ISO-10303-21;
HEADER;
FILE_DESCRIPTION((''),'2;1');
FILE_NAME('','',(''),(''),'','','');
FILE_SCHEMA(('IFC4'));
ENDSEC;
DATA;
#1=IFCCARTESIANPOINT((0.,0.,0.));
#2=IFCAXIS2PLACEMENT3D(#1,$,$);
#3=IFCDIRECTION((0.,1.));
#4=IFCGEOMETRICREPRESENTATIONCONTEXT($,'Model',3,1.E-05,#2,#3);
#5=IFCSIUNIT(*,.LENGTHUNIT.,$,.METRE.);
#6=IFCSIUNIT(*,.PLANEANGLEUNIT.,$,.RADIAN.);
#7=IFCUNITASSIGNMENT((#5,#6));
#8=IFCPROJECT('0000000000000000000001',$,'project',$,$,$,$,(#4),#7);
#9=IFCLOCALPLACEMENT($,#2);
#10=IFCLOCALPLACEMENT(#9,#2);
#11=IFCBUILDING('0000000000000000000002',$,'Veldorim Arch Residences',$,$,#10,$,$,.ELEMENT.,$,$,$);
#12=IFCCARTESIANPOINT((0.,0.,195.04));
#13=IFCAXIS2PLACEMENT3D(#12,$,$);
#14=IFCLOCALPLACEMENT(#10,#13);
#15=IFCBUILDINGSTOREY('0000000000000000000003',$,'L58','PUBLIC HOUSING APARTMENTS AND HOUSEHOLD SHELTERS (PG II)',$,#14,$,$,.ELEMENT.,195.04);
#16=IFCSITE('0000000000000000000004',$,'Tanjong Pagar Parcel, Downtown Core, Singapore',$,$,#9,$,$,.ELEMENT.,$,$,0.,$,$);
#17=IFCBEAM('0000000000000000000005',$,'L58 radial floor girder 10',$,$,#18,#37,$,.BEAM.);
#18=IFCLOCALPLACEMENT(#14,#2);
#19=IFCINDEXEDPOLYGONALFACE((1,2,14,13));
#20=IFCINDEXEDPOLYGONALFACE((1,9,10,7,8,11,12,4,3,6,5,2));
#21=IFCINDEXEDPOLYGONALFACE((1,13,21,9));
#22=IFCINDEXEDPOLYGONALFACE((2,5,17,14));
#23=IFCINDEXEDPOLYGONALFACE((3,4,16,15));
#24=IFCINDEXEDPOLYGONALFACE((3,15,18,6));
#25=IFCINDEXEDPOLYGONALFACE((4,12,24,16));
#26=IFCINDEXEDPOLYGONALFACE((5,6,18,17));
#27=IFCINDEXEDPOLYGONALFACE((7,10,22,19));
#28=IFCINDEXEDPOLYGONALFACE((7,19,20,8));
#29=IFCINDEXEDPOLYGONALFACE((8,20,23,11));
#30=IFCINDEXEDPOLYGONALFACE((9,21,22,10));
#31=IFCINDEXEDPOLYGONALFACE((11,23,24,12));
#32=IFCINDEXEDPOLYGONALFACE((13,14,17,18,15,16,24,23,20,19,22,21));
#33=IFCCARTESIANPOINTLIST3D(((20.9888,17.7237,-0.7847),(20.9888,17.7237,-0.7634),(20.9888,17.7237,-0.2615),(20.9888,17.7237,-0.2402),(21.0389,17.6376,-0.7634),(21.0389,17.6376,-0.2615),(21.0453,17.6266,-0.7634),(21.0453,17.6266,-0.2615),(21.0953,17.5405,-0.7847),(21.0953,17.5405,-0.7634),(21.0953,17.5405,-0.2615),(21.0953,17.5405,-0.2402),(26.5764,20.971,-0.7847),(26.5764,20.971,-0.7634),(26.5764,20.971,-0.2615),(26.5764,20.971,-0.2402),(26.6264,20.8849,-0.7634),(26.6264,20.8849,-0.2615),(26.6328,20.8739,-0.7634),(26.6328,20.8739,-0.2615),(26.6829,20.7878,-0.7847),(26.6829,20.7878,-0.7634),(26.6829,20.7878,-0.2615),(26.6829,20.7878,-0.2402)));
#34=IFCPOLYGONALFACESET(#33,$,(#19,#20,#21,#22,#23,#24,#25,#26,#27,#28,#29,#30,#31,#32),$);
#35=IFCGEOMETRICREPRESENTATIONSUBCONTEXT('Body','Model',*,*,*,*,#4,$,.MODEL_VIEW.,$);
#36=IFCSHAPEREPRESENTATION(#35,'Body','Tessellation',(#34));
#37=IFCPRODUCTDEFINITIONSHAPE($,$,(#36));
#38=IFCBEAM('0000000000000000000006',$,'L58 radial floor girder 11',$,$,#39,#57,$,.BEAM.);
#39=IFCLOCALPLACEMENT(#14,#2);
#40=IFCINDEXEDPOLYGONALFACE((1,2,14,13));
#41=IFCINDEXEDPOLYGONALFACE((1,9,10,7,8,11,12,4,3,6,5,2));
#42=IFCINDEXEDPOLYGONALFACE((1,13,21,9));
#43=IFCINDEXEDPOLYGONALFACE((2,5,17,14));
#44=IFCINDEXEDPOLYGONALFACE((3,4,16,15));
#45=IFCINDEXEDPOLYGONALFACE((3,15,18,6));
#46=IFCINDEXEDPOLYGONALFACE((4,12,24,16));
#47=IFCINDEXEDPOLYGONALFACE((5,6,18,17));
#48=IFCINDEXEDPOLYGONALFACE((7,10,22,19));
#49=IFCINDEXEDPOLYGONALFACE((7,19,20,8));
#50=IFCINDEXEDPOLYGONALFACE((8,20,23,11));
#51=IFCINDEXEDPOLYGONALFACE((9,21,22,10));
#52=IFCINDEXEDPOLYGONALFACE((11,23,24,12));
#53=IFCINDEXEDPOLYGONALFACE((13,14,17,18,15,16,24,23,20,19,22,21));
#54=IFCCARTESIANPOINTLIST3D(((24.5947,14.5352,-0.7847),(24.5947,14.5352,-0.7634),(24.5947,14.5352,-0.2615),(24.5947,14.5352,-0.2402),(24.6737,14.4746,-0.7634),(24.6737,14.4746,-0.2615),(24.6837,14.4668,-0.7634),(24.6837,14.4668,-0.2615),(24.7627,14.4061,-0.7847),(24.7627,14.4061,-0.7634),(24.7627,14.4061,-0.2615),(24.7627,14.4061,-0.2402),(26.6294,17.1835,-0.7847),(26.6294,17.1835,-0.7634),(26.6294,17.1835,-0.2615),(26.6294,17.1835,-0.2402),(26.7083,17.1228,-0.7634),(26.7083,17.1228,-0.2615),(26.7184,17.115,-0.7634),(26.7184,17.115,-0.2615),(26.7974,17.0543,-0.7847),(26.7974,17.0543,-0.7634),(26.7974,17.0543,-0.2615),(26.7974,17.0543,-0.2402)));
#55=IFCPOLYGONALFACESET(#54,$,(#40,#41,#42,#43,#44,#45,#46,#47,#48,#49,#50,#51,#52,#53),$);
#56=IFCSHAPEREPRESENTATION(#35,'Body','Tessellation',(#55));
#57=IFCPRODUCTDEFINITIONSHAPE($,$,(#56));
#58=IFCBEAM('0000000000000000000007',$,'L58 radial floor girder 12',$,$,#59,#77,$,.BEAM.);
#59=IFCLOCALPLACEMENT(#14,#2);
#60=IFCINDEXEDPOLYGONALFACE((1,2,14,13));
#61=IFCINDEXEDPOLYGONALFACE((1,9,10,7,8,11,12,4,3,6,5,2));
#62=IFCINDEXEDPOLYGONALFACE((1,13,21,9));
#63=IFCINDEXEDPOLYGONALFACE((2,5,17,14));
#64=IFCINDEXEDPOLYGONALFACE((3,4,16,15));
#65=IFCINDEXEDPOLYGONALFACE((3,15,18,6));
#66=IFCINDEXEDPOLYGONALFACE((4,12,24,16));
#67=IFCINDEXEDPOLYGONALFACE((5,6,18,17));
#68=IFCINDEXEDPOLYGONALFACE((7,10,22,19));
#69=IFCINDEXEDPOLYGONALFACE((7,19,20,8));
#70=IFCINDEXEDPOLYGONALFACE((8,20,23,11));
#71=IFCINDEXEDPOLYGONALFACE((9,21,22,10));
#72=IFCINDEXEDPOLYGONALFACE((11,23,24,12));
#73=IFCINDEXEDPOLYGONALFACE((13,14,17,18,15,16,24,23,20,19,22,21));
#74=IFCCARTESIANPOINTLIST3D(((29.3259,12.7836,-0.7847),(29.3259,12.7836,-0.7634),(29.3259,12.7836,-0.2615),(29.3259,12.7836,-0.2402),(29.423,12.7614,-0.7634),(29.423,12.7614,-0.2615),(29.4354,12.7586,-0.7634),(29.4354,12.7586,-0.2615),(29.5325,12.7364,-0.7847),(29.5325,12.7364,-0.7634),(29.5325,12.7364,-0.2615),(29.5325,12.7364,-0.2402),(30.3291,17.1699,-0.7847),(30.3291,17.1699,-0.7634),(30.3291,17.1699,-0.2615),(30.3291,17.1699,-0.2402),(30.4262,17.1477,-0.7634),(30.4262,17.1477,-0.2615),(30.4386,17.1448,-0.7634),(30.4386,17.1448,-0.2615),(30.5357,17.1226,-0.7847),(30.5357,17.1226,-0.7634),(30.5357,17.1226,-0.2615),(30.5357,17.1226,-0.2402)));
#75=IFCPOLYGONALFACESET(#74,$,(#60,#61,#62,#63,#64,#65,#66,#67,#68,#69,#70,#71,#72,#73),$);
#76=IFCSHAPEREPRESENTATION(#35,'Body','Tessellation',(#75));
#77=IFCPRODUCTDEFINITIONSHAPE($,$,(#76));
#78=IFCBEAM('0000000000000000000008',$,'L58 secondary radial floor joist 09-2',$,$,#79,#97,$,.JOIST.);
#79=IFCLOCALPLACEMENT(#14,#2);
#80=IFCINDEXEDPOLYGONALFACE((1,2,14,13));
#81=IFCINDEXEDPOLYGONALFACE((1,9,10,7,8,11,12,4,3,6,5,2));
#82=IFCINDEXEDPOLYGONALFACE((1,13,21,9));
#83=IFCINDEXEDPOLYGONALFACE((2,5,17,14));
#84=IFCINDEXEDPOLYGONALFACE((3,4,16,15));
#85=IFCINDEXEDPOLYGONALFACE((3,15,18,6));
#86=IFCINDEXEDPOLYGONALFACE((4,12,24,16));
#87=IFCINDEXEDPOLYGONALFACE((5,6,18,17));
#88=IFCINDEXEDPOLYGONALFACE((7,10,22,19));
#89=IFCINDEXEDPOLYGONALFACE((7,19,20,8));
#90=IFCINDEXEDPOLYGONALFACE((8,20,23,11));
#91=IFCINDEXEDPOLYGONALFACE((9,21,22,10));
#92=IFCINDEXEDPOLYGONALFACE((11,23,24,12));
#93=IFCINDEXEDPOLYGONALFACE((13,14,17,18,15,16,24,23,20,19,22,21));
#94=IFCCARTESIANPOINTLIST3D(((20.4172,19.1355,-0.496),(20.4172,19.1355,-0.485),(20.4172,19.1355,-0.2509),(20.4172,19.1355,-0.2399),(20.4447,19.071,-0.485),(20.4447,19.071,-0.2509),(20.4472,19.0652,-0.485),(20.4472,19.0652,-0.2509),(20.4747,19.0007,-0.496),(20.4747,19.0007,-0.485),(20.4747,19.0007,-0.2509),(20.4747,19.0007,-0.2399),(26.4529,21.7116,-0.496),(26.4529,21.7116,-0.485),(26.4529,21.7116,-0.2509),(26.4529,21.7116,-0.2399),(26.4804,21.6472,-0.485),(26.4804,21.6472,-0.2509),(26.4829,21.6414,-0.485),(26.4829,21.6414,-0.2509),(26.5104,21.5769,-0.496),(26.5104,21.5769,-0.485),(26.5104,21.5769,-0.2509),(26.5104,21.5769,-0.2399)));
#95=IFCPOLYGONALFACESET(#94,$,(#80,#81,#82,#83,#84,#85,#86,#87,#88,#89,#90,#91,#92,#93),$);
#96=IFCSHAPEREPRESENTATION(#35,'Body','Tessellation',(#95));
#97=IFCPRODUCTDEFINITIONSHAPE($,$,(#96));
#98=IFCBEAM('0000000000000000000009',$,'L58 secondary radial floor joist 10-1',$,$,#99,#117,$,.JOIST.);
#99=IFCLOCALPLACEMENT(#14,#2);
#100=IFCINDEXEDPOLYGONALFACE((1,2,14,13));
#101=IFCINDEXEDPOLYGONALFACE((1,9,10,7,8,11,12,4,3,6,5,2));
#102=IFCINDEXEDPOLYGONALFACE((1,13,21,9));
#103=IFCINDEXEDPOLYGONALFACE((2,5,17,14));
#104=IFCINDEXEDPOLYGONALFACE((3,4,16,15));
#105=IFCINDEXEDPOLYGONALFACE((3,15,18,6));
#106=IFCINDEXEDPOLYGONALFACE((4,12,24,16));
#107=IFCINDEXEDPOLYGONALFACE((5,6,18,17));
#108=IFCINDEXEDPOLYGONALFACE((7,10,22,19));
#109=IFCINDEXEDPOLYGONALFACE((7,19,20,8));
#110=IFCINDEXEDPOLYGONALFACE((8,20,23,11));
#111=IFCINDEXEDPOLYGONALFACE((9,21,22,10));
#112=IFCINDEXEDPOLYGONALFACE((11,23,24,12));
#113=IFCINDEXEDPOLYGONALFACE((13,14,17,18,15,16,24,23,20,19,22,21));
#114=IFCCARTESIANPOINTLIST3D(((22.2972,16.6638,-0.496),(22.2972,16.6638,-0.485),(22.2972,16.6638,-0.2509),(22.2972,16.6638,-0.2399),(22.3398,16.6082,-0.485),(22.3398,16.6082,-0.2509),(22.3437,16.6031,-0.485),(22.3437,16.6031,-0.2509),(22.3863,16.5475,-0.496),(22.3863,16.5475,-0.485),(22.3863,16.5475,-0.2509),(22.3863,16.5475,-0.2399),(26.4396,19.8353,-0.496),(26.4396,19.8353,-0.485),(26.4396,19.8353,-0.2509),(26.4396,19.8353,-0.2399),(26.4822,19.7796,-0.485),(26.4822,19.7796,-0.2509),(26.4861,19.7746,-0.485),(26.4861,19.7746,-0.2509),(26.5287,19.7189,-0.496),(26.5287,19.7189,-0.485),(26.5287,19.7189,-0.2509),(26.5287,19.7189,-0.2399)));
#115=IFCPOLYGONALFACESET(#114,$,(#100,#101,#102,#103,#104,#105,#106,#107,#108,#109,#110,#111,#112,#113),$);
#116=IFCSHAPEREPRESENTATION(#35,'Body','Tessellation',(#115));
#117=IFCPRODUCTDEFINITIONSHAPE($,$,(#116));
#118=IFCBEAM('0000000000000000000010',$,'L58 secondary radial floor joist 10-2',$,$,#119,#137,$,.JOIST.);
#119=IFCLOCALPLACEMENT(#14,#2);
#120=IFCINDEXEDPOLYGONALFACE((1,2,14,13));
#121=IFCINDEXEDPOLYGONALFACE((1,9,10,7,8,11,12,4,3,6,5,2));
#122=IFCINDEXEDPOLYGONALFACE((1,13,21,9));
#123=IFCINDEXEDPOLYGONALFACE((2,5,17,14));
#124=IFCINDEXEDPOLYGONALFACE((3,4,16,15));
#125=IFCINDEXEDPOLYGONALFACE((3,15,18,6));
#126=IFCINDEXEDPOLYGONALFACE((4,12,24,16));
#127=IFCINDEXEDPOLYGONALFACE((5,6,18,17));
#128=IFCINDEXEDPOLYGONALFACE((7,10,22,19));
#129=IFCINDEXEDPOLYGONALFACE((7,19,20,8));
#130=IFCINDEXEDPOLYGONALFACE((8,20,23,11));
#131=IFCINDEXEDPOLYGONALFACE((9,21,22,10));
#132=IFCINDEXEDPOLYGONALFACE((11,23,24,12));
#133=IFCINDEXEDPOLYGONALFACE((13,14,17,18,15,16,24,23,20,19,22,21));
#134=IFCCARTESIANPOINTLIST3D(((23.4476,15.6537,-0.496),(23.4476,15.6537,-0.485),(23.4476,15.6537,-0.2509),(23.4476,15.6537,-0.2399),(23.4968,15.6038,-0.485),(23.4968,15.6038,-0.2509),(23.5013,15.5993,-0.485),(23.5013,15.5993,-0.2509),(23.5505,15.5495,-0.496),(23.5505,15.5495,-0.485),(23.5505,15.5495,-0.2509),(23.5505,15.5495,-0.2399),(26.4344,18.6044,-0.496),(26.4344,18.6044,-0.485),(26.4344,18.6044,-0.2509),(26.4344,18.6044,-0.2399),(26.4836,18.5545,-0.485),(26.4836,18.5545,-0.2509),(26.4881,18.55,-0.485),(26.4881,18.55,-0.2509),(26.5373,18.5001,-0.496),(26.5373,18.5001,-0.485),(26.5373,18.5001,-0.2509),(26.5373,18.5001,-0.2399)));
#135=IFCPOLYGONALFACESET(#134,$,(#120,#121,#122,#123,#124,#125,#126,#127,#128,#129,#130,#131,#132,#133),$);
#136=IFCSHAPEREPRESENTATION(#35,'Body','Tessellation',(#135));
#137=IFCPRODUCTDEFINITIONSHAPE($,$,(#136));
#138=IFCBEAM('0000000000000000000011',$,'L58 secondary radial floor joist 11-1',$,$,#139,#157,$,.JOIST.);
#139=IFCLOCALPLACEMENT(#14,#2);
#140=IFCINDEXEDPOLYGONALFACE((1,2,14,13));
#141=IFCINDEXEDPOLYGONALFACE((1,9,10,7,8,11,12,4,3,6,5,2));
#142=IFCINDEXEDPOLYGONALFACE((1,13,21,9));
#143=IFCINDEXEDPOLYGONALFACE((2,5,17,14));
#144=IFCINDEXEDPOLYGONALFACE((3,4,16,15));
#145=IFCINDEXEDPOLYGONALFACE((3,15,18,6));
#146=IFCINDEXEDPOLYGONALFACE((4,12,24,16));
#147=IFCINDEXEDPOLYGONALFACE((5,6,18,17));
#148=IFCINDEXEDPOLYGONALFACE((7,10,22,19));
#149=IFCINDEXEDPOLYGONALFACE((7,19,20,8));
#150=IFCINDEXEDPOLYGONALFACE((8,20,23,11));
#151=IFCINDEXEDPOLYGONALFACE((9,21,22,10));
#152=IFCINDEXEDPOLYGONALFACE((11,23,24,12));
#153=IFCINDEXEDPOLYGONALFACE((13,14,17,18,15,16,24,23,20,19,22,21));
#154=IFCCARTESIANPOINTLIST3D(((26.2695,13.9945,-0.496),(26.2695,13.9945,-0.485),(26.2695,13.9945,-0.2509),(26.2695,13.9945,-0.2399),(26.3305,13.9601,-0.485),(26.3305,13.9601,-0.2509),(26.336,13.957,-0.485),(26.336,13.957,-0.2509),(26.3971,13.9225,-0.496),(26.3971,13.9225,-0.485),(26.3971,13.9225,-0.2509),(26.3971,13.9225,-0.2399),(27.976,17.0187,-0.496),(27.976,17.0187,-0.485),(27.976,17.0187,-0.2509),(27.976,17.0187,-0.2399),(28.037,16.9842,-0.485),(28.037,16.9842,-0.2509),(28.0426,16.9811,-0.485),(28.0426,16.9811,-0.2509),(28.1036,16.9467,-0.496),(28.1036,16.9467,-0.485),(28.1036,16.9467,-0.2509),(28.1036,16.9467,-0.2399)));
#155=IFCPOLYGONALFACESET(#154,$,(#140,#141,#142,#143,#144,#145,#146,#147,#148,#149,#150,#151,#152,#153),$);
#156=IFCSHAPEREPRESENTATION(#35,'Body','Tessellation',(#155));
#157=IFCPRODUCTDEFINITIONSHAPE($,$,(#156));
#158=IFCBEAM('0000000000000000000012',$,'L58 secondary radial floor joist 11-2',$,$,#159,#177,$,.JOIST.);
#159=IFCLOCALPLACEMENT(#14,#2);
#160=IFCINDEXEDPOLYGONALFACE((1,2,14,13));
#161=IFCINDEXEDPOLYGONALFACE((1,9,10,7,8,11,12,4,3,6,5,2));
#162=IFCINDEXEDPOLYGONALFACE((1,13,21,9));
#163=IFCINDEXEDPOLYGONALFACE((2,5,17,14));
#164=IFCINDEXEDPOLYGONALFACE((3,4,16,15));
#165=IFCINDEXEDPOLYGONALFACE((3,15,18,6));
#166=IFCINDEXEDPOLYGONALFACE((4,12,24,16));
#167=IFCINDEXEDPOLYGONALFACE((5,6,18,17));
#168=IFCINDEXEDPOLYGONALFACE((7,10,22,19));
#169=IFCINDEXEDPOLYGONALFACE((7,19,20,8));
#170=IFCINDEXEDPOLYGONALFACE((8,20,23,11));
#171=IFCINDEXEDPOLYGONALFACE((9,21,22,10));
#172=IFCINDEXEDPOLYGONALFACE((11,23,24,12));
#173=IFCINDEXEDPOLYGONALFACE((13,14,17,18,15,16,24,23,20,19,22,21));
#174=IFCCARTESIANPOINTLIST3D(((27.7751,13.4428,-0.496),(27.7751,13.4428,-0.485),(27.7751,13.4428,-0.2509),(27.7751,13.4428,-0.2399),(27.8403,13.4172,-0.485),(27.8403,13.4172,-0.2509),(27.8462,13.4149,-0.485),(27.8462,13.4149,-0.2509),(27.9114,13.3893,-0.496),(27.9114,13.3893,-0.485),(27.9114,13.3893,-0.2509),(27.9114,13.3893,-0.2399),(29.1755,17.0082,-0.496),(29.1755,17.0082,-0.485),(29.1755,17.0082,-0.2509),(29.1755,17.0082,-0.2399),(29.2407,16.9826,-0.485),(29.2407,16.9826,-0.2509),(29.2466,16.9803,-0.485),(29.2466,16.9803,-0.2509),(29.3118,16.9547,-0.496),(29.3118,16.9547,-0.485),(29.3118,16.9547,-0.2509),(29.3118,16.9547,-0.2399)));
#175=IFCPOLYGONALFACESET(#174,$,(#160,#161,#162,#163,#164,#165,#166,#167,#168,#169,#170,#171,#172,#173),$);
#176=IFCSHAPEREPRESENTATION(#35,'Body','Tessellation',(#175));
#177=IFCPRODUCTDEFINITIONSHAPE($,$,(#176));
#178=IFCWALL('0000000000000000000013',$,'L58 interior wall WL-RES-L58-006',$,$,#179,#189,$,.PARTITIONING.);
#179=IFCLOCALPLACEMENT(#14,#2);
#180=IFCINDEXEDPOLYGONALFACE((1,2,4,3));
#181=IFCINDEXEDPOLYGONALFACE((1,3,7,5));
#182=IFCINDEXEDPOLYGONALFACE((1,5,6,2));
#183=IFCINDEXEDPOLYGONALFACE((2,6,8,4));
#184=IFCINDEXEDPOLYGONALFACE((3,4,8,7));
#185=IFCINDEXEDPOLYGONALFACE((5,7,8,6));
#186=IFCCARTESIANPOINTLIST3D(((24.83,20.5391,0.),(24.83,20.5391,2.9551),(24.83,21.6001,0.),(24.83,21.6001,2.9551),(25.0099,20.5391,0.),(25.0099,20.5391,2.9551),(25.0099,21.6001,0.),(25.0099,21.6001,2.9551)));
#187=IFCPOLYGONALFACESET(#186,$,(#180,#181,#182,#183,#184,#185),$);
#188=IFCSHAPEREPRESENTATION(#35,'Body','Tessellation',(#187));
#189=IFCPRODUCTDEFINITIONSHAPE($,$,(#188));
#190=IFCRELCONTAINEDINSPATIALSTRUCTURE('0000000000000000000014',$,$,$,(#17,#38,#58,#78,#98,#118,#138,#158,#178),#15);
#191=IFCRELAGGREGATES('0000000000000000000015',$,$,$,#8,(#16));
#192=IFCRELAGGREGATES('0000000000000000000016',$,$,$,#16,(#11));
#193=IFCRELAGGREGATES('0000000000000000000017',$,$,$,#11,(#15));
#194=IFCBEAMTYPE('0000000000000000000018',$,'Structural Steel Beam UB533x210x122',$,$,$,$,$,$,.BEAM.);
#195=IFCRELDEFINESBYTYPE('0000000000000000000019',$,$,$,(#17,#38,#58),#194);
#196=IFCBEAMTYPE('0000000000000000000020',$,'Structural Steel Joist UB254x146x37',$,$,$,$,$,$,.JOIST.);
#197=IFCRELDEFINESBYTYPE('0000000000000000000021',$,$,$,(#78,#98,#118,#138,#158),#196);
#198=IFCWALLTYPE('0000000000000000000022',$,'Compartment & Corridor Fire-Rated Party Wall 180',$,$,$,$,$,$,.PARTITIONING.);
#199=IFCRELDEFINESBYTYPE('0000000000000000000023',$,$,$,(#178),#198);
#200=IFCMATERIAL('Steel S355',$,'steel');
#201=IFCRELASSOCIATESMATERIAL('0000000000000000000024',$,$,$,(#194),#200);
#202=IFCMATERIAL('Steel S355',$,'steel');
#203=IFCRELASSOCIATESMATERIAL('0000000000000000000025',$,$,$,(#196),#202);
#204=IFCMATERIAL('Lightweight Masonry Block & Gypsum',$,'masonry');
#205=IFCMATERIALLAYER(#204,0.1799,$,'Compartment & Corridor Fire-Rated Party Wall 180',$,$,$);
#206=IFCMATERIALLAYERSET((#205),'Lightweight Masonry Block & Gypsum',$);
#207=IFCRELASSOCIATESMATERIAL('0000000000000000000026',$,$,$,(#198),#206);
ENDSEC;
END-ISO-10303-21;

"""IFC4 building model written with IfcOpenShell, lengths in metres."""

from ifc_helpers import new_model, si_unit, direction, frame, frame_2d, origin, origin_2d, place, context, subcontext, project, spatial, rectangle, i_section, extrude, material, layer, layer_set, material_profile, profile_set, type_object, element, save


model = new_model("IFC4")

# Units and contexts
model_context = context("Model", 3, precision=1e-05, world=origin(), true_north=direction((0.0, 1.0)))
body_context = subcontext(model_context, "Body", "Model", "MODEL_VIEW")
ifc_project = project(units=[si_unit("LENGTHUNIT", "METRE"), si_unit("PLANEANGLEUNIT", "RADIAN")], contexts=[model_context])

# Site, building, storey
site_placement = place(None, origin())
site = spatial("IfcSite", under=ifc_project, at=site_placement, Name="Tanjong Pagar Parcel, Downtown Core, Singapore", CompositionType="ELEMENT", RefElevation=0.0)
building_placement = place(site_placement, origin())
building = spatial("IfcBuilding", under=site, at=building_placement, Name="Veldorim Arch Residences", CompositionType="ELEMENT")
storey_placement = place(building_placement, frame((0.0, 0.0, 195.04)))
storey = spatial("IfcBuildingStorey", under=building, at=storey_placement, Name="L58", Description="PUBLIC HOUSING APARTMENTS AND HOUSEHOLD SHELTERS (PG II)", CompositionType="ELEMENT", Elevation=195.04)

# Beams
ifc_material_1 = material(Name="Steel S355", Category="steel")
ifc_material_profile_1 = material_profile(ifc_material_1, i_section(OverallWidth=0.2119, OverallDepth=0.5444, WebThickness=0.0127, FlangeThickness=0.0212, at=origin_2d()), Name="UB533x210x122")
ifc_profile_set_1 = profile_set([ifc_material_profile_1], Name="Steel S355")
beam_type_1 = type_object("IfcBeamType", Name="Structural Steel Beam UB533x210x122", PredefinedType="BEAM", material=ifc_profile_set_1)
beam_1_placement = place(storey_placement, frame((26.6296, 20.8794, -0.5125), z_axis=(-0.864596, -0.502468, 0.0), x_axis=(0.502468, -0.864596, 0.0)))
element("IfcBeam", 1, at=beam_1_placement, inside=storey, type_object=beam_type_1, Name="L58 radial floor girder 10", PredefinedType="BEAM", context=body_context, shape_type="SweptSolid", body=[
    extrude(i_section(OverallWidth=0.2119, OverallDepth=0.5444, WebThickness=0.0127, FlangeThickness=0.0212, at=origin_2d()), origin(), (0.0, 0.0, 1.0), 6.4626),
])
beam_2_placement = place(storey_placement, frame((26.7134, 17.1189, -0.5125), z_axis=(-0.609258, -0.792972, 0.0), x_axis=(0.792972, -0.609258, 0.0)))
element("IfcBeam", 2, at=beam_2_placement, inside=storey, type_object=beam_type_1, Name="L58 radial floor girder 11", PredefinedType="BEAM", context=body_context, shape_type="SweptSolid", body=[
    extrude(i_section(OverallWidth=0.2119, OverallDepth=0.5444, WebThickness=0.0127, FlangeThickness=0.0212, at=origin_2d()), origin(), (0.0, 0.0, 1.0), 3.3396),
])
beam_3_placement = place(storey_placement, frame((30.4324, 17.1462, -0.5125), z_axis=(-0.222953, -0.974829, 0.0), x_axis=(0.974829, -0.222953, 0.0)))
element("IfcBeam", 3, at=beam_3_placement, inside=storey, type_object=beam_type_1, Name="L58 radial floor girder 12", PredefinedType="BEAM", context=body_context, shape_type="SweptSolid", body=[
    extrude(i_section(OverallWidth=0.2119, OverallDepth=0.5444, WebThickness=0.0127, FlangeThickness=0.0212, at=origin_2d()), origin(), (0.0, 0.0, 1.0), 4.4995),
])
ifc_material_2 = material(Name="Steel S355", Category="steel")
ifc_material_profile_2 = material_profile(ifc_material_2, i_section(OverallWidth=0.1465, OverallDepth=0.2561, WebThickness=0.0063, FlangeThickness=0.011, at=origin_2d()), Name="UB254x146x37")
ifc_profile_set_2 = profile_set([ifc_material_profile_2], Name="Steel S355")
beam_type_2 = type_object("IfcBeamType", Name="Structural Steel Joist UB254x146x37", PredefinedType="JOIST", material=ifc_profile_set_2)
beam_4_placement = place(storey_placement, frame((26.4817, 21.6443, -0.3679), z_axis=(-0.919725, -0.392563, 0.0), x_axis=(0.392563, -0.919725, 0.0)))
element("IfcBeam", 4, at=beam_4_placement, inside=storey, type_object=beam_type_2, Name="L58 secondary radial floor joist 09-2", PredefinedType="JOIST", context=body_context, shape_type="SweptSolid", body=[
    extrude(i_section(OverallWidth=0.1465, OverallDepth=0.2561, WebThickness=0.0063, FlangeThickness=0.011, at=origin_2d()), origin(), (0.0, 0.0, 1.0), 6.5625),
])
beam_5_placement = place(storey_placement, frame((26.4841, 19.7771, -0.3679), z_axis=(-0.794014, -0.6079, 0.0), x_axis=(0.6079, -0.794014, 0.0)))
element("IfcBeam", 5, at=beam_5_placement, inside=storey, type_object=beam_type_2, Name="L58 secondary radial floor joist 10-1", PredefinedType="JOIST", context=body_context, shape_type="SweptSolid", body=[
    extrude(i_section(OverallWidth=0.1465, OverallDepth=0.2561, WebThickness=0.0063, FlangeThickness=0.011, at=origin_2d()), origin(), (0.0, 0.0, 1.0), 5.217),
])
beam_6_placement = place(storey_placement, frame((26.4858, 18.5522, -0.3679), z_axis=(-0.711397, -0.702791, 0.0), x_axis=(0.702791, -0.711397, 0.0)))
element("IfcBeam", 6, at=beam_6_placement, inside=storey, type_object=beam_type_2, Name="L58 secondary radial floor joist 10-2", PredefinedType="JOIST", context=body_context, shape_type="SweptSolid", body=[
    extrude(i_section(OverallWidth=0.1465, OverallDepth=0.2561, WebThickness=0.0063, FlangeThickness=0.011, at=origin_2d()), origin(), (0.0, 0.0, 1.0), 4.1985),
])
beam_7_placement = place(storey_placement, frame((28.0398, 16.9827, -0.3679), z_axis=(-0.491452, -0.870904, 0.0), x_axis=(0.870904, -0.491452, 0.0)))
element("IfcBeam", 7, at=beam_7_placement, inside=storey, type_object=beam_type_2, Name="L58 secondary radial floor joist 11-1", PredefinedType="JOIST", context=body_context, shape_type="SweptSolid", body=[
    extrude(i_section(OverallWidth=0.1465, OverallDepth=0.2561, WebThickness=0.0063, FlangeThickness=0.011, at=origin_2d()), origin(), (0.0, 0.0, 1.0), 3.4724),
])
beam_8_placement = place(storey_placement, frame((29.2437, 16.9814, -0.3679), z_axis=(-0.365581, -0.930779, 0.0), x_axis=(0.930779, -0.365581, 0.0)))
element("IfcBeam", 8, at=beam_8_placement, inside=storey, type_object=beam_type_2, Name="L58 secondary radial floor joist 11-2", PredefinedType="JOIST", context=body_context, shape_type="SweptSolid", body=[
    extrude(i_section(OverallWidth=0.1465, OverallDepth=0.2561, WebThickness=0.0063, FlangeThickness=0.011, at=origin_2d()), origin(), (0.0, 0.0, 1.0), 3.8306),
])

# Wall
ifc_material_3 = material(Name="Lightweight Masonry Block & Gypsum", Category="masonry")
ifc_layer_1 = layer(ifc_material_3, 0.1799, Name="Compartment & Corridor Fire-Rated Party Wall 180")
ifc_layer_set_1 = layer_set([ifc_layer_1], Name="Lightweight Masonry Block & Gypsum")
wall_type_1 = type_object("IfcWallType", Name="Compartment & Corridor Fire-Rated Party Wall 180", PredefinedType="PARTITIONING", material=ifc_layer_set_1)
wall_1_placement = place(storey_placement, frame((24.9199, 20.5391, 0.0), z_axis=(0.0, 0.0, 1.0), x_axis=(0.0, 1.0, 0.0)))
element("IfcWall", 9, at=wall_1_placement, inside=storey, type_object=wall_type_1, Name="L58 interior wall WL-RES-L58-006", PredefinedType="PARTITIONING", context=body_context, shape_type="SweptSolid", body=[
    extrude(rectangle(XDim=1.061, YDim=0.1799, at=frame_2d((0.5305, 0.0))), origin(), (0.0, 0.0, 1.0), 2.9551),
])

save(model, "model.ifc")
